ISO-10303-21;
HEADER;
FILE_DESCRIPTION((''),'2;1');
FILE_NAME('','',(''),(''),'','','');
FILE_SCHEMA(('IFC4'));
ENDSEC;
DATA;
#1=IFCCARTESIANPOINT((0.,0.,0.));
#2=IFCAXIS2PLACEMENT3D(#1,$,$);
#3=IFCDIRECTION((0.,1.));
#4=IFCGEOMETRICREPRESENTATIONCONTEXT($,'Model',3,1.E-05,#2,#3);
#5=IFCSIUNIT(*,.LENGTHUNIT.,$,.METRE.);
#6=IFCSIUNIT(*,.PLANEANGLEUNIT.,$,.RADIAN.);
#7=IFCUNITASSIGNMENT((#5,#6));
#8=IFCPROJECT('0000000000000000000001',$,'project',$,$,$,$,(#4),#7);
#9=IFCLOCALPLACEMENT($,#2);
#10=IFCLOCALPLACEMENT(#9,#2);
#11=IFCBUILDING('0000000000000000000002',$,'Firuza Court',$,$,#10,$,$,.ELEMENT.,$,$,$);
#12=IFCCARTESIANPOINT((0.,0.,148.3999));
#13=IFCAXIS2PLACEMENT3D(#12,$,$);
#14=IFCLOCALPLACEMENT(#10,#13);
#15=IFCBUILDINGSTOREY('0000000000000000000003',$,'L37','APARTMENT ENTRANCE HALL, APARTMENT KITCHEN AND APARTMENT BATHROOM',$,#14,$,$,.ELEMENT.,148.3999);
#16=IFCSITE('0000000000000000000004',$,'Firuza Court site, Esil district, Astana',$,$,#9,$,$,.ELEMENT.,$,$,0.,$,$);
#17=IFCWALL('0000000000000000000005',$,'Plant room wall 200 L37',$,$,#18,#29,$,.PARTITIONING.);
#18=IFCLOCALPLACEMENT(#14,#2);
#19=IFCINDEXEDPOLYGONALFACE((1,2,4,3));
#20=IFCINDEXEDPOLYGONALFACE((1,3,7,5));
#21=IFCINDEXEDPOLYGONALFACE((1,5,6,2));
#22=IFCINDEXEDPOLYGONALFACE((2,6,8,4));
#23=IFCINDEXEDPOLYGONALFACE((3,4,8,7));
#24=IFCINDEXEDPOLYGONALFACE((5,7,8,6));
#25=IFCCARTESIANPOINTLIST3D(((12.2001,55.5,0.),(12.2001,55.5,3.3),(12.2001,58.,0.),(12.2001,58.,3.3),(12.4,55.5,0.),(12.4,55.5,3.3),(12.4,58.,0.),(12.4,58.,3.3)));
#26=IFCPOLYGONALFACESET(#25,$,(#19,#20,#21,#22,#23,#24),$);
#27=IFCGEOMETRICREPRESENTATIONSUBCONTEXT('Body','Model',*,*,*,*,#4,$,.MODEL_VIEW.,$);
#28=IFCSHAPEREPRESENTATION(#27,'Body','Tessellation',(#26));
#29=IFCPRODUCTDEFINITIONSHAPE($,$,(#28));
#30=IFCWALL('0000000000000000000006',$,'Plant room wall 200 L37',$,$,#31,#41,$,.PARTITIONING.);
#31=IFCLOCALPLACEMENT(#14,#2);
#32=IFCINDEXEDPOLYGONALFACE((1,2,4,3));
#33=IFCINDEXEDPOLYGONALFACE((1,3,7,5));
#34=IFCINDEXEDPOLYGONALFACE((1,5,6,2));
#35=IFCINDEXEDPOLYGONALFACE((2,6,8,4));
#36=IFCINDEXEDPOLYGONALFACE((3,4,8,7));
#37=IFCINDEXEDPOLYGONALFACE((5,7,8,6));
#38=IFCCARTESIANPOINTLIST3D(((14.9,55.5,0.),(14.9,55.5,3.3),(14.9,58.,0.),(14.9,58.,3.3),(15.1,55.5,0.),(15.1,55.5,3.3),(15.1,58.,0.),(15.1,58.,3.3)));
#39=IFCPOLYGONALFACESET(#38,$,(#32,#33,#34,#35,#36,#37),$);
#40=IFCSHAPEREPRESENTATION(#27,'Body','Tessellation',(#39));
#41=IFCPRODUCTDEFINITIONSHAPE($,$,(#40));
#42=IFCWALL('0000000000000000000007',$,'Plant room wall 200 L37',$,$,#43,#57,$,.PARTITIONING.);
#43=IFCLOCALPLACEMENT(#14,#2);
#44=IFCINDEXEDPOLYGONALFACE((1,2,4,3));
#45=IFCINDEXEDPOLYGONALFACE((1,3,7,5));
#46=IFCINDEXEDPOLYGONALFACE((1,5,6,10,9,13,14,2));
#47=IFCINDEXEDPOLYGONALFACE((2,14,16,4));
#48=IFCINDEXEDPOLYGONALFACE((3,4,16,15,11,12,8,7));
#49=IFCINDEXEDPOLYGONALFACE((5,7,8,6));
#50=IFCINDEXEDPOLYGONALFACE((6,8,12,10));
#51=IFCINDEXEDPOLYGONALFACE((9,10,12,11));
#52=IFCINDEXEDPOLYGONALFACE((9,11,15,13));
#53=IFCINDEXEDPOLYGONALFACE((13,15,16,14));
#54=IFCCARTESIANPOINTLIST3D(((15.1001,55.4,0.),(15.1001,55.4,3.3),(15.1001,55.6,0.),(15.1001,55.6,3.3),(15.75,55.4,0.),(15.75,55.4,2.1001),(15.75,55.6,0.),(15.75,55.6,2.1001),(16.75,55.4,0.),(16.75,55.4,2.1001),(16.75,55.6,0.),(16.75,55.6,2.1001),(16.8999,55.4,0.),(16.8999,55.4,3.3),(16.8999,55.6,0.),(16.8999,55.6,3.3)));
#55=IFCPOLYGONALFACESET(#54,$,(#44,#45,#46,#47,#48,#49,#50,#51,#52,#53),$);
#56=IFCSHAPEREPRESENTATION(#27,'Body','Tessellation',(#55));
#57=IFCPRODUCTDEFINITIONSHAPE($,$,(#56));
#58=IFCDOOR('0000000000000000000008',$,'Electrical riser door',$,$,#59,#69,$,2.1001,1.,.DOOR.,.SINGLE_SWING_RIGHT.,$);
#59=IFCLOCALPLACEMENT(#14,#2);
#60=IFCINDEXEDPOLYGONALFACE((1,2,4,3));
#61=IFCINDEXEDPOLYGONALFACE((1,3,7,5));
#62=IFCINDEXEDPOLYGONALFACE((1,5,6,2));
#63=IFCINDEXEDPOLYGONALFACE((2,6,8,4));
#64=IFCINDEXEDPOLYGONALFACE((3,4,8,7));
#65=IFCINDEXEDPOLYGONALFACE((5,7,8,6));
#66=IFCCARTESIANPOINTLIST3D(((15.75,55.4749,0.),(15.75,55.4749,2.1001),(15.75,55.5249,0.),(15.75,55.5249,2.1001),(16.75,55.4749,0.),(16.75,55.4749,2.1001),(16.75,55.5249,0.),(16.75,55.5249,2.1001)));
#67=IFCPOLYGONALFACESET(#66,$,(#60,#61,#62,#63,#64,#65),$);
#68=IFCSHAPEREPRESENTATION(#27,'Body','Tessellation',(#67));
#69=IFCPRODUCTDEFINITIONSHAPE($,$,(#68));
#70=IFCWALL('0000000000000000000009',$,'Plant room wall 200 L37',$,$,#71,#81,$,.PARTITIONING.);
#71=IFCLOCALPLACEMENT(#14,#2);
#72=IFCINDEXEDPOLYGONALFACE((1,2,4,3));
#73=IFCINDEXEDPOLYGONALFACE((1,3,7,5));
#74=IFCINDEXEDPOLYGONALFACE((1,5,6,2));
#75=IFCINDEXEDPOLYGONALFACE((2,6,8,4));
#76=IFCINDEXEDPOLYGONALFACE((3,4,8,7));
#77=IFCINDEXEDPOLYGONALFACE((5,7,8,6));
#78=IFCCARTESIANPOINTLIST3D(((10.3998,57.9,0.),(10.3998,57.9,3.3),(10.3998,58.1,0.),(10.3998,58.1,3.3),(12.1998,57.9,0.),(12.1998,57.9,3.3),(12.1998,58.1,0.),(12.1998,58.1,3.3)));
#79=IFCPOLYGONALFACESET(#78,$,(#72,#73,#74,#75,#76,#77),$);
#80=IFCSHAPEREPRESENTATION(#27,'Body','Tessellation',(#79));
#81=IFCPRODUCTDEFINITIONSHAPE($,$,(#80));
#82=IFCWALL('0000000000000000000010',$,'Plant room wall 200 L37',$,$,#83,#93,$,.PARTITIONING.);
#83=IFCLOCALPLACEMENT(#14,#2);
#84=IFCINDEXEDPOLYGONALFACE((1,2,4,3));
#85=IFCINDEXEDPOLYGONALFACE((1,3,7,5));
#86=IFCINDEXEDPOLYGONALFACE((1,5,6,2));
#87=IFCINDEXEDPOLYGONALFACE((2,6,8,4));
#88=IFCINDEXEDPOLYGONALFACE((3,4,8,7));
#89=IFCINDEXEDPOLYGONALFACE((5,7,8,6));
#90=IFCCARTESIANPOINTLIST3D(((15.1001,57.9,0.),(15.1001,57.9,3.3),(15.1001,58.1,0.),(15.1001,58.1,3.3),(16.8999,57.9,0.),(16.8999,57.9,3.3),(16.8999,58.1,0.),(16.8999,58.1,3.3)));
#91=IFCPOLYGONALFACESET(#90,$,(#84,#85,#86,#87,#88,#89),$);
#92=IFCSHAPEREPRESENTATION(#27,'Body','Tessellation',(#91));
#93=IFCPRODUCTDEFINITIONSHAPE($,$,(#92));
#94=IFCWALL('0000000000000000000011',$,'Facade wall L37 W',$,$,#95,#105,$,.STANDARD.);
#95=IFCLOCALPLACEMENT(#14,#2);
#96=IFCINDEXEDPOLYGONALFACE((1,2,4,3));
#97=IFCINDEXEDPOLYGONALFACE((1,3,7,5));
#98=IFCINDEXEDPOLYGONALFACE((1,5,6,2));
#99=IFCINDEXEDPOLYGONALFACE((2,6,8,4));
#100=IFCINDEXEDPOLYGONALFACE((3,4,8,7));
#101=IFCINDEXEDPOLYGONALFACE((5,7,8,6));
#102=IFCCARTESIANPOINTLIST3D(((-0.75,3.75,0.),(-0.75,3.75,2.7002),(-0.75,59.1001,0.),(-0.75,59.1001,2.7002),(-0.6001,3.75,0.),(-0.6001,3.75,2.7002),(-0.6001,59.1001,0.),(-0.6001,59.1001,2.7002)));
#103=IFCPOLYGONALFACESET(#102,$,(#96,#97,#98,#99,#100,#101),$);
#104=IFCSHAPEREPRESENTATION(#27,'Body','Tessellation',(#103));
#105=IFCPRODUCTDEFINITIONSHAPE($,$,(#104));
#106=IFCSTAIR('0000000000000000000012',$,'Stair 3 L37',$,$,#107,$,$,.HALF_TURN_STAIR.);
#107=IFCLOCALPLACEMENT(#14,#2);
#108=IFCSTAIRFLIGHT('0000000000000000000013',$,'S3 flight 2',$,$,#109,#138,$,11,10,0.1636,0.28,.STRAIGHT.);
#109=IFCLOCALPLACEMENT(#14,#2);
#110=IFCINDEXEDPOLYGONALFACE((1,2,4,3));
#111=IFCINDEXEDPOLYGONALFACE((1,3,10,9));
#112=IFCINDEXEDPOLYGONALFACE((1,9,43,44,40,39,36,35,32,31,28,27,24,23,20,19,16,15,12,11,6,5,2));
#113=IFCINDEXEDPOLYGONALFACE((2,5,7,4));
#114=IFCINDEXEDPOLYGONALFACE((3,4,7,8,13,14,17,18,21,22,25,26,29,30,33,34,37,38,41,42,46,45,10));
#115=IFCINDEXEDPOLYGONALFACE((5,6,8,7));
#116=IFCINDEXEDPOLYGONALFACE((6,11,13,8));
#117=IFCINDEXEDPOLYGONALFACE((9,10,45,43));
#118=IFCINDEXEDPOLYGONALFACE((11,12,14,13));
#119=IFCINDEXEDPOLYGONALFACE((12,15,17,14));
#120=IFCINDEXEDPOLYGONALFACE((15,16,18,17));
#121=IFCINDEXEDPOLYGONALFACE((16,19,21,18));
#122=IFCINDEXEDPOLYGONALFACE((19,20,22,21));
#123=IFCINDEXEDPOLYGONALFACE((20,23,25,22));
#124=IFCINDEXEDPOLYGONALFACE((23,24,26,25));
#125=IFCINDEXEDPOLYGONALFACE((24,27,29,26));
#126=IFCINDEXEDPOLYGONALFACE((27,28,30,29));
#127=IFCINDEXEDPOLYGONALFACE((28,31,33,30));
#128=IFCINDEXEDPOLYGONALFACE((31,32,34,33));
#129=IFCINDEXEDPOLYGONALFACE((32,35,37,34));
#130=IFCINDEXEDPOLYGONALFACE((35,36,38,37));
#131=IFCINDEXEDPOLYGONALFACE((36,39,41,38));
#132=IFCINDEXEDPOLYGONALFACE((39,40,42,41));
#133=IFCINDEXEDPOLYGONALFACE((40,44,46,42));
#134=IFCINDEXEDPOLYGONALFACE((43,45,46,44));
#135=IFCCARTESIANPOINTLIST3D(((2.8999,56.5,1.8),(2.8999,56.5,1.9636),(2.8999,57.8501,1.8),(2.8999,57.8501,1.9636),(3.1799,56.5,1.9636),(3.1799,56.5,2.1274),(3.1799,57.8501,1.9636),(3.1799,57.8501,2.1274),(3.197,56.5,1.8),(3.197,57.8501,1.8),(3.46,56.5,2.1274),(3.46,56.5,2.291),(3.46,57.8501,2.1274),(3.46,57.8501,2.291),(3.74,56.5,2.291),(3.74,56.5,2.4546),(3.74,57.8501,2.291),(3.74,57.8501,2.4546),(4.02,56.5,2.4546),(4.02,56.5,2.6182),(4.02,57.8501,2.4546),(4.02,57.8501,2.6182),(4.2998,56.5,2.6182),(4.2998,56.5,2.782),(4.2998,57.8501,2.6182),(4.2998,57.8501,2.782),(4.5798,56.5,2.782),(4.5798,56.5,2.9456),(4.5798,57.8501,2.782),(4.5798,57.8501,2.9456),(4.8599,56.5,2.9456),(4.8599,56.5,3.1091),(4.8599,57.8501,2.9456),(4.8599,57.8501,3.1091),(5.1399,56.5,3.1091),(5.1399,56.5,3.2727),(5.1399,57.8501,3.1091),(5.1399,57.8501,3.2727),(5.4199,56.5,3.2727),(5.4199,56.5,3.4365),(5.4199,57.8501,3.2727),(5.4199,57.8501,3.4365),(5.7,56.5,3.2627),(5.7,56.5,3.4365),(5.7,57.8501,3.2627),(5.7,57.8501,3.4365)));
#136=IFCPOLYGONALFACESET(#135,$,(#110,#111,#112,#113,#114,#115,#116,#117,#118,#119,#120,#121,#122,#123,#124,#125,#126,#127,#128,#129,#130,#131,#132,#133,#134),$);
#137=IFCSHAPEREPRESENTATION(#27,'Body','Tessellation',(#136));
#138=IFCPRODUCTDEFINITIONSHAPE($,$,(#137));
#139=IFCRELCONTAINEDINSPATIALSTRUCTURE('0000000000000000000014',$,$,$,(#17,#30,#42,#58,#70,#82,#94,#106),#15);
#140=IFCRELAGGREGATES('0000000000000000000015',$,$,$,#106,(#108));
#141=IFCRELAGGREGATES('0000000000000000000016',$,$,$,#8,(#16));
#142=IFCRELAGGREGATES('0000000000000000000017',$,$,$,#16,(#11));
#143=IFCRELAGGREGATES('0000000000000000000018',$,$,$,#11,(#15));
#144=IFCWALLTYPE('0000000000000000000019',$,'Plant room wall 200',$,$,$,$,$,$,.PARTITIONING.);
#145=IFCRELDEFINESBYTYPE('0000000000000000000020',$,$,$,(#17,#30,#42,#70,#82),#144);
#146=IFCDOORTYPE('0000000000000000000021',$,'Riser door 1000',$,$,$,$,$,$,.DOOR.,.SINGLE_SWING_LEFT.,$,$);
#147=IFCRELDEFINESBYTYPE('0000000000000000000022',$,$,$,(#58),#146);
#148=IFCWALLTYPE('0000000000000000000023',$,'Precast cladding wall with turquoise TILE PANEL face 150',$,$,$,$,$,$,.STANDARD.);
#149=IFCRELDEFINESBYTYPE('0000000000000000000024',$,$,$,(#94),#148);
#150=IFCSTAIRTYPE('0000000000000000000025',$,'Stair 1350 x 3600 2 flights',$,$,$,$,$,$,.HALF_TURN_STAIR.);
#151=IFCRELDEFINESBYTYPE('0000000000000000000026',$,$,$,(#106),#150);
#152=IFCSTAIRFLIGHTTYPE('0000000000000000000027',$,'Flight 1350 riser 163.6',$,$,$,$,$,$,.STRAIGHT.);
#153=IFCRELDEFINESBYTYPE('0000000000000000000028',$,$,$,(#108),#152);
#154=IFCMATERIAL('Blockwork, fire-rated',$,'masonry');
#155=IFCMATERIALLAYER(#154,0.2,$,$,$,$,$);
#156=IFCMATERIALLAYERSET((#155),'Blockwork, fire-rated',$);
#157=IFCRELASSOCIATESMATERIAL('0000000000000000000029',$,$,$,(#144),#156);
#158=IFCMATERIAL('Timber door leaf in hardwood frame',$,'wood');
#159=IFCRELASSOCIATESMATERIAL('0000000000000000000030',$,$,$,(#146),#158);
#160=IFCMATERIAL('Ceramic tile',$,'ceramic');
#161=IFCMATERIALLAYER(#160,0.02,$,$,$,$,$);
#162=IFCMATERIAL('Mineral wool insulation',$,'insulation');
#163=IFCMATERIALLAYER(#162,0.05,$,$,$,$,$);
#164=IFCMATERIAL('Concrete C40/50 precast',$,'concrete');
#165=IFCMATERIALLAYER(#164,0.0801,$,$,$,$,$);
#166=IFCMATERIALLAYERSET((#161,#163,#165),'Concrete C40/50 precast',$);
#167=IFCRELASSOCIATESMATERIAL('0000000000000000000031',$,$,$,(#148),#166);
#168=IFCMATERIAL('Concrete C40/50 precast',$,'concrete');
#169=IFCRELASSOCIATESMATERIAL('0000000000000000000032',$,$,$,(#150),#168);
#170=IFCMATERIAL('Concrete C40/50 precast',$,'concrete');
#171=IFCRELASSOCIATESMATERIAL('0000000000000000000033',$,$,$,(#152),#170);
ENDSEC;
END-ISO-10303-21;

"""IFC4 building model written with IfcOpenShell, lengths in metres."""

from ifc_helpers import new_model, si_unit, direction, frame, frame_2d, origin, place, context, subcontext, project, spatial, polyline, rectangle, outline, extrude, material, layer, layer_set, type_object, element, fill, aggregate, save


model = new_model("IFC4")

# Units and contexts
model_context = context("Model", 3, precision=1e-05, world=origin(), true_north=direction((0.0, 1.0)))
body_context = subcontext(model_context, "Body", "Model", "MODEL_VIEW")
ifc_project = project(units=[si_unit("LENGTHUNIT", "METRE"), si_unit("PLANEANGLEUNIT", "RADIAN")], contexts=[model_context])

# Site, building, storey
site_placement = place(None, origin())
site = spatial("IfcSite", under=ifc_project, at=site_placement, Name="Firuza Court site, Esil district, Astana", CompositionType="ELEMENT", RefElevation=0.0)
building_placement = place(site_placement, origin())
building = spatial("IfcBuilding", under=site, at=building_placement, Name="Firuza Court", CompositionType="ELEMENT")
storey_placement = place(building_placement, frame((0.0, 0.0, 148.3999)))
storey = spatial("IfcBuildingStorey", under=building, at=storey_placement, Name="L37", Description="APARTMENT ENTRANCE HALL, APARTMENT KITCHEN AND APARTMENT BATHROOM", CompositionType="ELEMENT", Elevation=148.3999)

# Shared definitions
ifc_material_1 = material(Name="Blockwork, fire-rated", Category="masonry")
ifc_layer_1 = layer(ifc_material_1, 0.2)
ifc_layer_set_1 = layer_set([ifc_layer_1], Name="Blockwork, fire-rated")
wall_type_1 = type_object("IfcWallType", Name="Plant room wall 200", PredefinedType="PARTITIONING", material=ifc_layer_set_1)

# Shared definitions
ifc_material_2 = material(Name="Timber door leaf in hardwood frame", Category="wood")
door_type = type_object("IfcDoorType", Name="Riser door 1000", OperationType="SINGLE_SWING_LEFT", PredefinedType="DOOR", material=ifc_material_2)

# Walls
for number, where, z_axis, x_axis, name in (
    (1, (12.3, 55.5, 0.0), (0.0, 0.0, 1.0), (0.0, 1.0, 0.0), "Plant room wall 200 L37"),
    (2, (15.0, 55.5, 0.0), (0.0, 0.0, 1.0), (0.0, 1.0, 0.0), "Plant room wall 200 L37"),
):
    element("IfcWall", number, at=place(storey_placement, frame(where, z_axis=z_axis, x_axis=x_axis)), inside=storey, type_object=wall_type_1, Name=name, PredefinedType="PARTITIONING", context=body_context, shape_type="SweptSolid", body=[
        extrude(rectangle(XDim=2.5, YDim=0.2, at=frame_2d((1.25, 0.0))), origin(), (0.0, 0.0, 1.0), 3.3),
    ])

# Wall, opening, door
wall_1_placement = place(storey_placement, frame((15.1001, 55.5, 0.0), z_axis=(0.0, 0.0, 1.0), x_axis=(1.0, 0.0, 0.0)))
wall_1 = element("IfcWall", 3, at=wall_1_placement, inside=storey, type_object=wall_type_1, Name="Plant room wall 200 L37", PredefinedType="PARTITIONING", context=body_context, shape_type="SweptSolid", body=[
    extrude(rectangle(XDim=1.7998, YDim=0.2, at=frame_2d((0.8999, 0.0))), origin(), (0.0, 0.0, 1.0), 3.3),
])
opening_1_placement = place(wall_1_placement, frame((0.6499, 0.0, 0.0)))
opening_1 = element("IfcOpeningElement", 4, at=opening_1_placement, cuts=wall_1, PredefinedType="OPENING", context=body_context, shape_type="SweptSolid", body=[
    extrude(rectangle(XDim=1.0, YDim=2.1001, at=frame_2d((0.5, 1.05))), frame((0.0, 0.1118, 0.0), z_axis=(0.0, -1.0, 0.0), x_axis=(1.0, 0.0, 0.0)), (0.0, 0.0, 1.0), 0.2239),
])
door_1_placement = place(opening_1_placement, origin())
door_1 = element("IfcDoor", 5, at=door_1_placement, inside=storey, type_object=door_type, Name="Electrical riser door", OperationType="SINGLE_SWING_RIGHT", OverallHeight=2.1001, OverallWidth=1.0, PredefinedType="DOOR", context=body_context, shape_type="SweptSolid", body=[
    extrude(rectangle(XDim=1.0, YDim=2.1001, at=frame_2d((0.5, 1.05))), frame((0.0, 0.0249, 0.0), z_axis=(0.0, -1.0, 0.0), x_axis=(1.0, 0.0, 0.0)), (0.0, 0.0, 1.0), 0.05),
])
fill(opening_1, door_1)

# Walls
wall_2_placement = place(storey_placement, frame((10.3999, 58.0, 0.0), z_axis=(0.0, 0.0, 1.0), x_axis=(1.0, 0.0, 0.0)))
element("IfcWall", 6, at=wall_2_placement, inside=storey, type_object=wall_type_1, Name="Plant room wall 200 L37", PredefinedType="PARTITIONING", context=body_context, shape_type="SweptSolid", body=[
    extrude(rectangle(XDim=1.8, YDim=0.2, at=frame_2d((0.8999, 0.0))), origin(), (0.0, 0.0, 1.0), 3.3),
])
wall_3_placement = place(storey_placement, frame((15.1001, 58.0, 0.0), z_axis=(0.0, 0.0, 1.0), x_axis=(1.0, 0.0, 0.0)))
element("IfcWall", 7, at=wall_3_placement, inside=storey, type_object=wall_type_1, Name="Plant room wall 200 L37", PredefinedType="PARTITIONING", context=body_context, shape_type="SweptSolid", body=[
    extrude(rectangle(XDim=1.7998, YDim=0.2, at=frame_2d((0.8999, 0.0))), origin(), (0.0, 0.0, 1.0), 3.3),
])
ifc_material_3 = material(Name="Ceramic tile", Category="ceramic")
ifc_layer_2 = layer(ifc_material_3, 0.02)
ifc_material_4 = material(Name="Mineral wool insulation", Category="insulation")
ifc_layer_3 = layer(ifc_material_4, 0.05)
ifc_material_5 = material(Name="Concrete C40/50 precast", Category="concrete")
ifc_layer_4 = layer(ifc_material_5, 0.0801)
ifc_layer_set_2 = layer_set([ifc_layer_2, ifc_layer_3, ifc_layer_4], Name="Concrete C40/50 precast")
wall_type_2 = type_object("IfcWallType", Name="Precast cladding wall with turquoise TILE PANEL face 150", PredefinedType="STANDARD", material=ifc_layer_set_2)
wall_4_placement = place(storey_placement, frame((-0.675, 59.1001, 0.0), z_axis=(0.0, 0.0, 1.0), x_axis=(0.0, -1.0, 0.0)))
element("IfcWall", 8, at=wall_4_placement, inside=storey, type_object=wall_type_2, Name="Facade wall L37 W", PredefinedType="STANDARD", context=body_context, shape_type="SweptSolid", body=[
    extrude(rectangle(XDim=55.3501, YDim=0.1499, at=frame_2d((27.675, 0.0))), origin(), (0.0, 0.0, 1.0), 2.7002),
])

# Stair, stair flight
ifc_material_6 = material(Name="Concrete C40/50 precast", Category="concrete")
stair_type = type_object("IfcStairType", Name="Stair 1350 x 3600 2 flights", PredefinedType="HALF_TURN_STAIR", material=ifc_material_6)
stair_placement = place(storey_placement, origin())
stair = element("IfcStair", 9, at=stair_placement, inside=storey, type_object=stair_type, Name="Stair 3 L37", PredefinedType="HALF_TURN_STAIR")
ifc_material_7 = material(Name="Concrete C40/50 precast", Category="concrete")
stair_flight_type = type_object("IfcStairFlightType", Name="Flight 1350 riser 163.6", PredefinedType="STRAIGHT", material=ifc_material_7)
stair_flight_placement = place(storey_placement, frame((2.8999, 57.175, 1.8), z_axis=(0.0, 0.0, 1.0), x_axis=(1.0, 0.0, 0.0)))
stair_flight = element("IfcStairFlight", 10, at=stair_flight_placement, type_object=stair_flight_type, Name="S3 flight 2", NumberOfRisers=11, NumberOfTreads=10, PredefinedType="STRAIGHT", RiserHeight=0.1636, TreadLength=0.28, context=body_context, shape_type="SweptSolid", body=[
    extrude(outline(polyline([(0.0, 0.0), (0.0, 0.1636), (0.28, 0.1636), (0.28, 0.3274), (0.5601, 0.3274), (0.5601, 0.491), (0.8401, 0.491), (0.8401, 0.6545), (1.1201, 0.6545), (1.1201, 0.8181), (1.3999, 0.8181), (1.3999, 0.9819), (1.6799, 0.9819), (1.6799, 1.1455), (1.96, 1.1455), (1.96, 1.3091), (2.24, 1.3091), (2.24, 1.4727), (2.52, 1.4727), (2.52, 1.6365), (2.8, 1.6365), (2.8, 1.8), (2.8, 1.4626), (0.2971, 0.0), (0.0, 0.0)])), frame((0.0, 0.675, 0.0), z_axis=(0.0, -1.0, 0.0), x_axis=(1.0, 0.0, 0.0)), (0.0, 0.0, 1.0), 1.3501),
])
aggregate(stair, [stair_flight])

save(model, "model.ifc")
